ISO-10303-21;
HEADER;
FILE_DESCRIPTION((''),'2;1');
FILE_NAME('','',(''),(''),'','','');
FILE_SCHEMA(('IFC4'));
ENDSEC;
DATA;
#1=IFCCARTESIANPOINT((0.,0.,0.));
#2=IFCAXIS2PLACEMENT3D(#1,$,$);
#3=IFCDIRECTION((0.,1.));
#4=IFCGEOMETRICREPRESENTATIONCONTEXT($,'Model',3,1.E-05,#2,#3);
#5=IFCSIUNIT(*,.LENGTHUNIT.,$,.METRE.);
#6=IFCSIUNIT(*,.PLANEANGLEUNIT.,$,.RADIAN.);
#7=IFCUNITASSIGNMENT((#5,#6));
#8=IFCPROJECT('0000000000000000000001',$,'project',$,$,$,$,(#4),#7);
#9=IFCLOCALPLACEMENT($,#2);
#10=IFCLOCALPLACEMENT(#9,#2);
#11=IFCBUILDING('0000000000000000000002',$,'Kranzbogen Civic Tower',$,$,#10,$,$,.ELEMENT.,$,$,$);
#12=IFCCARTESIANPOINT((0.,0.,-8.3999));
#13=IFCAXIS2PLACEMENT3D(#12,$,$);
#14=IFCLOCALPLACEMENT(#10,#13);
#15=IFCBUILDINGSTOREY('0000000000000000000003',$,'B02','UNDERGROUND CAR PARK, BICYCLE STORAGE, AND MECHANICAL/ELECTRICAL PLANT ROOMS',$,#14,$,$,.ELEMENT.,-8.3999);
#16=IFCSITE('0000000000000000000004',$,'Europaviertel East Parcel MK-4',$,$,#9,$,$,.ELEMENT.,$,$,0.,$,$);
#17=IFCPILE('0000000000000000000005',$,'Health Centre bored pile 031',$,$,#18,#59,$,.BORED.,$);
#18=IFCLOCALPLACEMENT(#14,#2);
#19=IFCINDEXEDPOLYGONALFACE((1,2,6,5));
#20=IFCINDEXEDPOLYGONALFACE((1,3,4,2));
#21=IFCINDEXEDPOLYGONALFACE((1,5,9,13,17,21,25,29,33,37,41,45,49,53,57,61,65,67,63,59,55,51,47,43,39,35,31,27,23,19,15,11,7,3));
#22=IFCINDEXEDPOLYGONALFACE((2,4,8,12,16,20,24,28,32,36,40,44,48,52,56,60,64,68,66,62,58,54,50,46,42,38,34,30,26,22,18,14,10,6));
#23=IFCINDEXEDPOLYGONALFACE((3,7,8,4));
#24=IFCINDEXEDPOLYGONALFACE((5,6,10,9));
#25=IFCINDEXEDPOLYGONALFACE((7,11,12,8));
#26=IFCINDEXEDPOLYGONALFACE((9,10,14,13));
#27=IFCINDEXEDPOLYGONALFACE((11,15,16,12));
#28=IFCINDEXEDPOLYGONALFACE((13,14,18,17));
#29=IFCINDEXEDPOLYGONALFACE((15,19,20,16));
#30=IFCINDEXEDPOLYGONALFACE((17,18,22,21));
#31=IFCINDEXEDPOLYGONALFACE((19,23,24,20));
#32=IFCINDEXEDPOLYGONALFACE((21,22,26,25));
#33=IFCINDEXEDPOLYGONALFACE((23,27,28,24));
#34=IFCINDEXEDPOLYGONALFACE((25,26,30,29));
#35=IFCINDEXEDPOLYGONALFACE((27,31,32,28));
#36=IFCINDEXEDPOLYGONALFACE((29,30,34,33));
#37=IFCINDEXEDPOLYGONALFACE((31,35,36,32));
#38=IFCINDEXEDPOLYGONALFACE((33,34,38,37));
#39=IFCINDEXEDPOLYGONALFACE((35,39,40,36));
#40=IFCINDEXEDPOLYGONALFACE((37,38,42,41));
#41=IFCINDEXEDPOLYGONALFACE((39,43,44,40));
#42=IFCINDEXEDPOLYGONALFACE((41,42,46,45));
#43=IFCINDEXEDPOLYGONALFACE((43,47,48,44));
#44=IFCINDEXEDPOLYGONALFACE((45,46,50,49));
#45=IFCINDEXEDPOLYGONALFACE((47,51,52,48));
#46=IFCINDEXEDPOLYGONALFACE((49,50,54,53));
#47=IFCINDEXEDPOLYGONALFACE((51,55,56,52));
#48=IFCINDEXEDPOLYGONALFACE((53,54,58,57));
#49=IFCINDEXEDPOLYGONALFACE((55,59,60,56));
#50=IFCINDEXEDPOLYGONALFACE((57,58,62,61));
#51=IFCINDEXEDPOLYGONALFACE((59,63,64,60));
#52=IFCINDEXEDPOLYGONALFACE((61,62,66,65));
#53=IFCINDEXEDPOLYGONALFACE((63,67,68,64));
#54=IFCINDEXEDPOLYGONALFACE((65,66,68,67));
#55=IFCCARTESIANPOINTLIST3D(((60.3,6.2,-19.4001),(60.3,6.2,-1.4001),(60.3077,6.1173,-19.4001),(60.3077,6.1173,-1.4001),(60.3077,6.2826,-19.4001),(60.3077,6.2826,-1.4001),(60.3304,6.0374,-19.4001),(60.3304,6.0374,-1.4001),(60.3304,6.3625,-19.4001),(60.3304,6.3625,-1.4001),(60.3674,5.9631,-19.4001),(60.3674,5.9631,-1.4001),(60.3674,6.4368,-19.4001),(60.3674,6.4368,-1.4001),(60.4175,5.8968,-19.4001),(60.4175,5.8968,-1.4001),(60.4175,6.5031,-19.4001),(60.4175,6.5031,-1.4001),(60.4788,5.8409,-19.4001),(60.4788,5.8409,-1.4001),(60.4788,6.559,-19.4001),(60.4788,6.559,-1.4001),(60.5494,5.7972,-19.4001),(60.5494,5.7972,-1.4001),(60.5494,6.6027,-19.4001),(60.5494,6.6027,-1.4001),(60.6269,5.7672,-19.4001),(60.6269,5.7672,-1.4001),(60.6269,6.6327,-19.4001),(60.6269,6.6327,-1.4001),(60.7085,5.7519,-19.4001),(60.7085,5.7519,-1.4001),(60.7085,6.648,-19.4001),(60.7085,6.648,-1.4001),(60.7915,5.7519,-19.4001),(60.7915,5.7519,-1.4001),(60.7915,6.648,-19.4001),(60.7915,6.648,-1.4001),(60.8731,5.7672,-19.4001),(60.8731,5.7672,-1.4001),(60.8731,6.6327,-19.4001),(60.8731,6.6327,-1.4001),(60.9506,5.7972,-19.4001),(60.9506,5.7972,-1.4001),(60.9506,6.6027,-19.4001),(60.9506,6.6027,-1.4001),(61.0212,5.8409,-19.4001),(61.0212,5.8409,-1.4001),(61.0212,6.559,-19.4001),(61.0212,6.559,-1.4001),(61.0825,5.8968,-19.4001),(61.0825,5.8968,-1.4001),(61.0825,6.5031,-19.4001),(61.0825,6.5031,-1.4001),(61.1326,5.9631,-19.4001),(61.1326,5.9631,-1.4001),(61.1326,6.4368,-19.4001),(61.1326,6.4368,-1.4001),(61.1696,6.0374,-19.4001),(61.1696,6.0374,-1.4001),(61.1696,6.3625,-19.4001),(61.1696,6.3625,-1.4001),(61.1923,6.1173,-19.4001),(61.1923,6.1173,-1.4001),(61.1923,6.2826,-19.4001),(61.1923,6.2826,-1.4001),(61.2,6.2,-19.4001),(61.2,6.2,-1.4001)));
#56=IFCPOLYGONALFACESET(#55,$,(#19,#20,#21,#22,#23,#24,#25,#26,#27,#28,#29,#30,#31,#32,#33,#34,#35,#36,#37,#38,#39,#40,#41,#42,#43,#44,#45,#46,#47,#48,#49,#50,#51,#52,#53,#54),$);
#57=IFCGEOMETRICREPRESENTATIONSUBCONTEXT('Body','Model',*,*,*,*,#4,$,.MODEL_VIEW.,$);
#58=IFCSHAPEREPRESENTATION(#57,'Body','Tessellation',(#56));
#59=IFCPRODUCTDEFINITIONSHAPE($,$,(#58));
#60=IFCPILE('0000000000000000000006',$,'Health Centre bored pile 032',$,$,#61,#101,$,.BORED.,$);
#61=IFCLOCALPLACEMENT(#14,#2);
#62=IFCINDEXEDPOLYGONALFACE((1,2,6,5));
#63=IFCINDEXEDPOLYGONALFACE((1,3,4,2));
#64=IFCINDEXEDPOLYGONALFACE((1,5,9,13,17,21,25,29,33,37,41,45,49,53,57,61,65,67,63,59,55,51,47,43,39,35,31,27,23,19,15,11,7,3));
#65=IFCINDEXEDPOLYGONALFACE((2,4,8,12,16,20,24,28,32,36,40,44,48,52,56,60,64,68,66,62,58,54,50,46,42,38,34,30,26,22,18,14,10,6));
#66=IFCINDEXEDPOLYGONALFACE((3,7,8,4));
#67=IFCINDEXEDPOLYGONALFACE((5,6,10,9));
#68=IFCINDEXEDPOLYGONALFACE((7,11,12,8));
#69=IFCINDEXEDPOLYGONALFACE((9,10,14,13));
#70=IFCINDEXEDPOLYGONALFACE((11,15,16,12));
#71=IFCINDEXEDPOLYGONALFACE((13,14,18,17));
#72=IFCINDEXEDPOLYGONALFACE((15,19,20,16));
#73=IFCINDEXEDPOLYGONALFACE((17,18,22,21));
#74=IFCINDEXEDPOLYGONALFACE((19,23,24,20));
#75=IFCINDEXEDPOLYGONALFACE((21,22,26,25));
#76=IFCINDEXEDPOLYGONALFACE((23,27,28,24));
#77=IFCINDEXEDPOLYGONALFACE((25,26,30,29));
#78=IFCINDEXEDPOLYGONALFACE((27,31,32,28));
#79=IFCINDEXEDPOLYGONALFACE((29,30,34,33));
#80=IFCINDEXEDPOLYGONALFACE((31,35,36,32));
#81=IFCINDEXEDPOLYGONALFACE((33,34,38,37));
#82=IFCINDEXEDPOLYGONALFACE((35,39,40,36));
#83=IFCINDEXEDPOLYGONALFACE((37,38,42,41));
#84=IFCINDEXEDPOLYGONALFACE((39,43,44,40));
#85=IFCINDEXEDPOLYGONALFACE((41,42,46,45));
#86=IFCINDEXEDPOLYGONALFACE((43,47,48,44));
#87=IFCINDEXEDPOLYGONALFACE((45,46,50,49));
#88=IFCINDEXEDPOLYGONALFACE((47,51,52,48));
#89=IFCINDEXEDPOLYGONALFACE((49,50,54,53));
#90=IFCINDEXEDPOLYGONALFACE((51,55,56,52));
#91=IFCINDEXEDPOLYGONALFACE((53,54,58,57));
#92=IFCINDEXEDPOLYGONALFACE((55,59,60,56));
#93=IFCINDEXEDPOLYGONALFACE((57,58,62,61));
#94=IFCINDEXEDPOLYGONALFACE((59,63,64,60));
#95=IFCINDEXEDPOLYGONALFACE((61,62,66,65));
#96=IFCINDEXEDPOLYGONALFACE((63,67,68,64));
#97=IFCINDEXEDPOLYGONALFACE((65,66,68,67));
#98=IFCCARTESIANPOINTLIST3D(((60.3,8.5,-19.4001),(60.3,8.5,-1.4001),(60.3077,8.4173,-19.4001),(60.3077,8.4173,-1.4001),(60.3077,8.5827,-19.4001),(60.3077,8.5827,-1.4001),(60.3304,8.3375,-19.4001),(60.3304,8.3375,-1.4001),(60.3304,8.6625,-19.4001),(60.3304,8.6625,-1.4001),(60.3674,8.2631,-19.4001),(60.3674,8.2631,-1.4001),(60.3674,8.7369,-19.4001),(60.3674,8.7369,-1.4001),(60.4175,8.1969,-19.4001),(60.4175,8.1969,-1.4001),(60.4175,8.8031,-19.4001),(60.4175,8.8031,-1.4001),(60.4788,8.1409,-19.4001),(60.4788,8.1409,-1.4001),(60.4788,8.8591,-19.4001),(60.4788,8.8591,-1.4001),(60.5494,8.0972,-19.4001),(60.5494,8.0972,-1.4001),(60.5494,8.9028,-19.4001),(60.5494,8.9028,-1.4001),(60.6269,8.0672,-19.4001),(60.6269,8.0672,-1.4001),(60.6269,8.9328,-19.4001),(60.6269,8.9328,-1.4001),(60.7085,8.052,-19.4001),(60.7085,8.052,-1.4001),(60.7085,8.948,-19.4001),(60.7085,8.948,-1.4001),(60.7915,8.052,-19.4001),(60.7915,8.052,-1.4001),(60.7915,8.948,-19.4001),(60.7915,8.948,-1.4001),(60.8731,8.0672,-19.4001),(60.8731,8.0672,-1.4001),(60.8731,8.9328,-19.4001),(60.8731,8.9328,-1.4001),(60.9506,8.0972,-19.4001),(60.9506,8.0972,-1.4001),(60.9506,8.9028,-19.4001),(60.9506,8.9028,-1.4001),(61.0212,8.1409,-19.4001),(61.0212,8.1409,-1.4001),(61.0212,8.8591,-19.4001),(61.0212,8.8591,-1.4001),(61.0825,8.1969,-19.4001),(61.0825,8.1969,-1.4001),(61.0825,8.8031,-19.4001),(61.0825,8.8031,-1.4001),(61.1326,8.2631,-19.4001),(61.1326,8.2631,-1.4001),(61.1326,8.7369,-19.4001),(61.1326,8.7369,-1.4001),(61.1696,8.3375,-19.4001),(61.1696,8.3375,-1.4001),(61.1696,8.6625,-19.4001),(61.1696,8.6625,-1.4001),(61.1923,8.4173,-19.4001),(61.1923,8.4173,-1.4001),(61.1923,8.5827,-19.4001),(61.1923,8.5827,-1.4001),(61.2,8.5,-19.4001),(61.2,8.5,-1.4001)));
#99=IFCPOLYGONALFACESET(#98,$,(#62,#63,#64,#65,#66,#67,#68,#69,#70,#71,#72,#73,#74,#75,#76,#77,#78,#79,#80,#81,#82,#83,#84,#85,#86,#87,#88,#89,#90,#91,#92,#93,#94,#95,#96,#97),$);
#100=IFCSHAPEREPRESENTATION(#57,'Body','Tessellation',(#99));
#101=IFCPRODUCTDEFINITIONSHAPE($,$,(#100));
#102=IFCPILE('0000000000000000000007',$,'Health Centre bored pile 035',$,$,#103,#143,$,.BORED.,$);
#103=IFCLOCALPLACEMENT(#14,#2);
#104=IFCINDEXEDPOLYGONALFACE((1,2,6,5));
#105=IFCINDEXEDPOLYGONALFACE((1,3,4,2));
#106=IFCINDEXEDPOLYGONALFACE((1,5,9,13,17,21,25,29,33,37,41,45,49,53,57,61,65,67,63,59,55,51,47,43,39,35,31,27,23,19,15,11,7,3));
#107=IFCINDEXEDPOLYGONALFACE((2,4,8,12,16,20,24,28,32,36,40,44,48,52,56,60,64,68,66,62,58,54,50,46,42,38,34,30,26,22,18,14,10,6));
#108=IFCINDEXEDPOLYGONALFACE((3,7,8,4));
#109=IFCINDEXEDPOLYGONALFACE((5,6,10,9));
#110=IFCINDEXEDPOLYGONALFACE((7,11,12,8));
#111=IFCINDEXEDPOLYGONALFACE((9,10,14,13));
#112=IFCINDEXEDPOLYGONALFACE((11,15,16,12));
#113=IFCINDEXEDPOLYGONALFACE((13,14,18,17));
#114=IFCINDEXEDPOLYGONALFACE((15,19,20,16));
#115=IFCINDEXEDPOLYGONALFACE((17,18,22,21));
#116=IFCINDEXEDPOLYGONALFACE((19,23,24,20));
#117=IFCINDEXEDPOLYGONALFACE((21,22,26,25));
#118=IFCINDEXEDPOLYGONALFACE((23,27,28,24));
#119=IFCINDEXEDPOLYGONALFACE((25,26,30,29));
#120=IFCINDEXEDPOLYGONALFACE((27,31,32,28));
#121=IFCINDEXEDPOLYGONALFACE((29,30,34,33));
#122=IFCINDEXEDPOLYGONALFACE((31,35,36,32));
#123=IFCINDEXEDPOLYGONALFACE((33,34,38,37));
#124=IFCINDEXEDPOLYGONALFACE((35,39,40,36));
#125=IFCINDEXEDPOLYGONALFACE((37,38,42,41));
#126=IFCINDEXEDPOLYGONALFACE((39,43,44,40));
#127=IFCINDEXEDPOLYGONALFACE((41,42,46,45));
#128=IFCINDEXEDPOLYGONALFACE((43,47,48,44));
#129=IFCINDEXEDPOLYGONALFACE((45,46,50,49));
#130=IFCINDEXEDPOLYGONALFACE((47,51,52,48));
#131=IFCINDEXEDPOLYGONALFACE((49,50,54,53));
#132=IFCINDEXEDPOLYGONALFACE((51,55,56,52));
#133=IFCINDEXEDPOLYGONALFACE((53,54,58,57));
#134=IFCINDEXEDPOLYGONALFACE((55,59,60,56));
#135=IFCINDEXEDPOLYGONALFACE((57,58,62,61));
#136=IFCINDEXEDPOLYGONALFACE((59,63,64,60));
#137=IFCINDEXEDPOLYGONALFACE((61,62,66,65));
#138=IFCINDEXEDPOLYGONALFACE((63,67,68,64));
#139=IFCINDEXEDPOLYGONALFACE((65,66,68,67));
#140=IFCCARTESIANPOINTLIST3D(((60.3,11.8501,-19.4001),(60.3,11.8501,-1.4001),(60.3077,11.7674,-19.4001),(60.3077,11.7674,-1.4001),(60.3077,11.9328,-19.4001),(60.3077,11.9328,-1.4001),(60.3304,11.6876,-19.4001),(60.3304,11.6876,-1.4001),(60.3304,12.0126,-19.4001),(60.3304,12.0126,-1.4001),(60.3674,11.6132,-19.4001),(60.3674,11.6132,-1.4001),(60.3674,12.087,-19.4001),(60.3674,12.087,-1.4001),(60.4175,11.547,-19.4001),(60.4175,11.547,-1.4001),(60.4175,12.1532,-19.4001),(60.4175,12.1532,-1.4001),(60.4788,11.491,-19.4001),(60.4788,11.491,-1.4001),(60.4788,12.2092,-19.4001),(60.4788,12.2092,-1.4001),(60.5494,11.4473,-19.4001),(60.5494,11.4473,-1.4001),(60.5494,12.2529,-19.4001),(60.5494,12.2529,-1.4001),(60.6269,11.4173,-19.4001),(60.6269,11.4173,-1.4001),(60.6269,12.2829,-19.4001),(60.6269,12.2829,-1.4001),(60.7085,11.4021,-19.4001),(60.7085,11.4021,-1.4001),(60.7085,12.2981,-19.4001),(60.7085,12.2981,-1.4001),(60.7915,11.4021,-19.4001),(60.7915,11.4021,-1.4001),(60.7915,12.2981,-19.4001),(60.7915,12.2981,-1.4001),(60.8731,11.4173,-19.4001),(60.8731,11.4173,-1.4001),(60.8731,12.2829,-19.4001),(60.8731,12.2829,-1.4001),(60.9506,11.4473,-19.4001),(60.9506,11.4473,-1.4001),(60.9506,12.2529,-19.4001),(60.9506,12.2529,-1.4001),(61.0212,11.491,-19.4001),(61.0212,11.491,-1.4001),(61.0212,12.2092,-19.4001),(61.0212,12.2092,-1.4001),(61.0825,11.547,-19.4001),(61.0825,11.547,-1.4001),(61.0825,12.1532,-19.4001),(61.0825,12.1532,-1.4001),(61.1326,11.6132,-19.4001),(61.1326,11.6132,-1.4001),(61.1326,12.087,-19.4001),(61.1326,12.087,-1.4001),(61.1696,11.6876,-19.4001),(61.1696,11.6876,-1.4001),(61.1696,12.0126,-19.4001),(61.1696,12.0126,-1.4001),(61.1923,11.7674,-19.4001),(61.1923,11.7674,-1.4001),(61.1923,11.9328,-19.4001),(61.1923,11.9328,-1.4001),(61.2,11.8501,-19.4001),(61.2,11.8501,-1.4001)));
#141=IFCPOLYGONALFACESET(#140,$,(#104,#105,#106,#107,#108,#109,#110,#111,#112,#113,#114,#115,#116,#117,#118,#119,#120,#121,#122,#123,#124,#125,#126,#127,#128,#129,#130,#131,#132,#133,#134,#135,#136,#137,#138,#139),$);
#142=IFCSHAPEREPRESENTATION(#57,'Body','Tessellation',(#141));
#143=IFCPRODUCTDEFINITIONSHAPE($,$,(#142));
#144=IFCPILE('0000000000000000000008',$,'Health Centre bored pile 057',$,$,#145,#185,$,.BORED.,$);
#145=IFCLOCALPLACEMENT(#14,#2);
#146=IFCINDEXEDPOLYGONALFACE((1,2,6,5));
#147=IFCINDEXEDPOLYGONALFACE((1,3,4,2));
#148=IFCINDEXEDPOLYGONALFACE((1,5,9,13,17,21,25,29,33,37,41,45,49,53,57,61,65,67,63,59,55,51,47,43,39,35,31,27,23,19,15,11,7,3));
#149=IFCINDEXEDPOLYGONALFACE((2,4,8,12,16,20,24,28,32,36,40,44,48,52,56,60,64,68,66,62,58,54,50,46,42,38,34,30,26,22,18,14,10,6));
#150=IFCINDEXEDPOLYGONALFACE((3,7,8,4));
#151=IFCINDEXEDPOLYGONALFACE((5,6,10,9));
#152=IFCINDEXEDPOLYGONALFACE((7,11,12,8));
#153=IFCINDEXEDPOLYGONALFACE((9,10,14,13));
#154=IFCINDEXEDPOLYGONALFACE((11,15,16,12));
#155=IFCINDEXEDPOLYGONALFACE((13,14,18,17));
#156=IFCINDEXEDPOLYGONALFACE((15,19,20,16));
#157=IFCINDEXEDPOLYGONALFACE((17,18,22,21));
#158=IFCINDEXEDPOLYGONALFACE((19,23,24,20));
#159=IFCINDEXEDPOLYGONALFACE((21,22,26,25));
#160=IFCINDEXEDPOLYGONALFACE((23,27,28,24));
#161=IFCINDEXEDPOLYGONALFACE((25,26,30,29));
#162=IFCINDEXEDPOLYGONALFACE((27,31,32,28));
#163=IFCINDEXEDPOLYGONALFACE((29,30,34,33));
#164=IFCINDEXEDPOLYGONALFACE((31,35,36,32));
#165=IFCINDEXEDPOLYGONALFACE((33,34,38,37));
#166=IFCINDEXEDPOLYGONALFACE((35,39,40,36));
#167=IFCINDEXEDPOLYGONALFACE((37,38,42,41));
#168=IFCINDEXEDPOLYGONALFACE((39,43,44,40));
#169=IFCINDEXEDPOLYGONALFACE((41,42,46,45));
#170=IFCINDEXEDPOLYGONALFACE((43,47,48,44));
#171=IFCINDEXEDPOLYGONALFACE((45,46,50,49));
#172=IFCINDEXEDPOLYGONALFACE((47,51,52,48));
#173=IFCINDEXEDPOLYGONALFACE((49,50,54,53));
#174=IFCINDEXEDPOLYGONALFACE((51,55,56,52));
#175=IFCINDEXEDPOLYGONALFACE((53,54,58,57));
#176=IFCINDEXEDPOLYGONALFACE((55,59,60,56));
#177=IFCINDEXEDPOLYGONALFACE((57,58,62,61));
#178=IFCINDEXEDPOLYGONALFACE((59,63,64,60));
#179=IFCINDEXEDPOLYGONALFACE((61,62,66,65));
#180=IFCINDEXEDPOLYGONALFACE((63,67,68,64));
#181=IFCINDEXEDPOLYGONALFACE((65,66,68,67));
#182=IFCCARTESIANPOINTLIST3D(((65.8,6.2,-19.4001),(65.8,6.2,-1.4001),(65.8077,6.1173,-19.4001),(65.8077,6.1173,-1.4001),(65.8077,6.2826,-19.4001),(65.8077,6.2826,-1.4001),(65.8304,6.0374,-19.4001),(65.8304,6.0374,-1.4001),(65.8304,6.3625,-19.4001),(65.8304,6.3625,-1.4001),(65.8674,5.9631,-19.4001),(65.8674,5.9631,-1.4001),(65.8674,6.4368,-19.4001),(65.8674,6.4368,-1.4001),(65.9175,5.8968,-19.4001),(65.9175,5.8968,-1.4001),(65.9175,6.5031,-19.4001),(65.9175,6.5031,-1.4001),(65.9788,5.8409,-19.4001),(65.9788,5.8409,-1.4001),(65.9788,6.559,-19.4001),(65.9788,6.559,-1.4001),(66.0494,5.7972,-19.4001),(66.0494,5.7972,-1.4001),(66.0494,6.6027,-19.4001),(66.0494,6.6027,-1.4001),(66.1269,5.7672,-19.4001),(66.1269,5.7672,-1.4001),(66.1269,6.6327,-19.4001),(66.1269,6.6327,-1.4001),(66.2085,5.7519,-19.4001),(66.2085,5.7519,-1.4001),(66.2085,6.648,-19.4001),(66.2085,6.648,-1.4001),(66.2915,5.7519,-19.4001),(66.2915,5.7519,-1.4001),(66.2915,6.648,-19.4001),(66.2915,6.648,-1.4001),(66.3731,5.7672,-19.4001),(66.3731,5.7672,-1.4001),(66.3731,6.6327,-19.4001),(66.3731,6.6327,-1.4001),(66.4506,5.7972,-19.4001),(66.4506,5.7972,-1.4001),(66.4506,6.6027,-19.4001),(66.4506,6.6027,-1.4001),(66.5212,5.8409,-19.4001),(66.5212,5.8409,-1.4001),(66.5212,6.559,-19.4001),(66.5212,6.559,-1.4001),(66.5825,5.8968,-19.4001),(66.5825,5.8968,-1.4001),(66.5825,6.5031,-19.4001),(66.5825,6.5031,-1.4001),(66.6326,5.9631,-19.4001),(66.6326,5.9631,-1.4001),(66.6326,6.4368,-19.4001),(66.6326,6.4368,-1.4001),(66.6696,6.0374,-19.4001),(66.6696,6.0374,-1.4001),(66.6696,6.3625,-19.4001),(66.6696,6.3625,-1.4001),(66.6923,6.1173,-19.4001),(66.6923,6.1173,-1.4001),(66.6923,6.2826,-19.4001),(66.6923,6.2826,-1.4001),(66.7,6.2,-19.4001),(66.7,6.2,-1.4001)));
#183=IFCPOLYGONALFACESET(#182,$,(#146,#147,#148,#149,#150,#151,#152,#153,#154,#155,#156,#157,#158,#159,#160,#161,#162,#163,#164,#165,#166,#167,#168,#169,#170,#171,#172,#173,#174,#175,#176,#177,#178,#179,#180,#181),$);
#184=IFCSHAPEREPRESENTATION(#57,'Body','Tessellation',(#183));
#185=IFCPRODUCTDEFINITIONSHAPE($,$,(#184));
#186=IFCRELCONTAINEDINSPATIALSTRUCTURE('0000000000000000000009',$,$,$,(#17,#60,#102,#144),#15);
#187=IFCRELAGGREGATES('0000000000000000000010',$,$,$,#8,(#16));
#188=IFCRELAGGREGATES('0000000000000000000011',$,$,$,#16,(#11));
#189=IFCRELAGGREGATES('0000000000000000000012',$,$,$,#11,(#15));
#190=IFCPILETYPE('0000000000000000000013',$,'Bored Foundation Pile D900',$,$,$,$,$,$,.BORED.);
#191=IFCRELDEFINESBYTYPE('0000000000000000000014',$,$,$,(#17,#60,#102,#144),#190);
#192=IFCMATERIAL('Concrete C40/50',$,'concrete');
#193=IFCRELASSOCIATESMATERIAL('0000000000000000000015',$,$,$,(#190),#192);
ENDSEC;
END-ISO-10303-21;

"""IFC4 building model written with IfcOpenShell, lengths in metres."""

from ifc_helpers import new_model, si_unit, direction, frame, origin, origin_2d, place, context, subcontext, project, spatial, circle, extrude, material, material_profile, profile_set, type_object, element, save


model = new_model("IFC4")

# Units and contexts
model_context = context("Model", 3, precision=1e-05, world=origin(), true_north=direction((0.0, 1.0)))
body_context = subcontext(model_context, "Body", "Model", "MODEL_VIEW")
ifc_project = project(units=[si_unit("LENGTHUNIT", "METRE"), si_unit("PLANEANGLEUNIT", "RADIAN")], contexts=[model_context])

# Site, building, storey
site_placement = place(None, origin())
site = spatial("IfcSite", under=ifc_project, at=site_placement, Name="Europaviertel East Parcel MK-4", CompositionType="ELEMENT", RefElevation=0.0)
building_placement = place(site_placement, origin())
building = spatial("IfcBuilding", under=site, at=building_placement, Name="Kranzbogen Civic Tower", CompositionType="ELEMENT")
storey_placement = place(building_placement, frame((0.0, 0.0, -8.3999)))
storey = spatial("IfcBuildingStorey", under=building, at=storey_placement, Name="B02", Description="UNDERGROUND CAR PARK, BICYCLE STORAGE, AND MECHANICAL/ELECTRICAL PLANT ROOMS", CompositionType="ELEMENT", Elevation=-8.3999)

# Piles
ifc_material_1 = material(Name="Concrete C40/50", Category="concrete")
ifc_material_profile_1 = material_profile(ifc_material_1, circle(Radius=0.45, at=origin_2d()), Name="PILE D900")
ifc_profile_set_1 = profile_set([ifc_material_profile_1], Name="Concrete C40/50")
pile_type = type_object("IfcPileType", Name="Bored Foundation Pile D900", PredefinedType="BORED", material=ifc_profile_set_1)
for number, where, z_axis, x_axis, name in (
    (1, (60.75, 6.2, -1.4001), (0.0, 0.0, -1.0), (1.0, 0.0, 0.0), "Health Centre bored pile 031"),
    (2, (60.75, 8.5, -1.4001), (0.0, 0.0, -1.0), (1.0, 0.0, 0.0), "Health Centre bored pile 032"),
    (3, (60.75, 11.8501, -1.4001), (0.0, 0.0, -1.0), (1.0, 0.0, 0.0), "Health Centre bored pile 035"),
    (4, (66.25, 6.2, -1.4001), (0.0, 0.0, -1.0), (1.0, 0.0, 0.0), "Health Centre bored pile 057"),
):
    element("IfcPile", number, at=place(storey_placement, frame(where, z_axis=z_axis, x_axis=x_axis)), inside=storey, type_object=pile_type, Name=name, PredefinedType="BORED", context=body_context, shape_type="SweptSolid", body=[
        extrude(circle(Radius=0.45, at=origin_2d()), origin(), (0.0, 0.0, 1.0), 18.0),
    ])

save(model, "model.ifc")
